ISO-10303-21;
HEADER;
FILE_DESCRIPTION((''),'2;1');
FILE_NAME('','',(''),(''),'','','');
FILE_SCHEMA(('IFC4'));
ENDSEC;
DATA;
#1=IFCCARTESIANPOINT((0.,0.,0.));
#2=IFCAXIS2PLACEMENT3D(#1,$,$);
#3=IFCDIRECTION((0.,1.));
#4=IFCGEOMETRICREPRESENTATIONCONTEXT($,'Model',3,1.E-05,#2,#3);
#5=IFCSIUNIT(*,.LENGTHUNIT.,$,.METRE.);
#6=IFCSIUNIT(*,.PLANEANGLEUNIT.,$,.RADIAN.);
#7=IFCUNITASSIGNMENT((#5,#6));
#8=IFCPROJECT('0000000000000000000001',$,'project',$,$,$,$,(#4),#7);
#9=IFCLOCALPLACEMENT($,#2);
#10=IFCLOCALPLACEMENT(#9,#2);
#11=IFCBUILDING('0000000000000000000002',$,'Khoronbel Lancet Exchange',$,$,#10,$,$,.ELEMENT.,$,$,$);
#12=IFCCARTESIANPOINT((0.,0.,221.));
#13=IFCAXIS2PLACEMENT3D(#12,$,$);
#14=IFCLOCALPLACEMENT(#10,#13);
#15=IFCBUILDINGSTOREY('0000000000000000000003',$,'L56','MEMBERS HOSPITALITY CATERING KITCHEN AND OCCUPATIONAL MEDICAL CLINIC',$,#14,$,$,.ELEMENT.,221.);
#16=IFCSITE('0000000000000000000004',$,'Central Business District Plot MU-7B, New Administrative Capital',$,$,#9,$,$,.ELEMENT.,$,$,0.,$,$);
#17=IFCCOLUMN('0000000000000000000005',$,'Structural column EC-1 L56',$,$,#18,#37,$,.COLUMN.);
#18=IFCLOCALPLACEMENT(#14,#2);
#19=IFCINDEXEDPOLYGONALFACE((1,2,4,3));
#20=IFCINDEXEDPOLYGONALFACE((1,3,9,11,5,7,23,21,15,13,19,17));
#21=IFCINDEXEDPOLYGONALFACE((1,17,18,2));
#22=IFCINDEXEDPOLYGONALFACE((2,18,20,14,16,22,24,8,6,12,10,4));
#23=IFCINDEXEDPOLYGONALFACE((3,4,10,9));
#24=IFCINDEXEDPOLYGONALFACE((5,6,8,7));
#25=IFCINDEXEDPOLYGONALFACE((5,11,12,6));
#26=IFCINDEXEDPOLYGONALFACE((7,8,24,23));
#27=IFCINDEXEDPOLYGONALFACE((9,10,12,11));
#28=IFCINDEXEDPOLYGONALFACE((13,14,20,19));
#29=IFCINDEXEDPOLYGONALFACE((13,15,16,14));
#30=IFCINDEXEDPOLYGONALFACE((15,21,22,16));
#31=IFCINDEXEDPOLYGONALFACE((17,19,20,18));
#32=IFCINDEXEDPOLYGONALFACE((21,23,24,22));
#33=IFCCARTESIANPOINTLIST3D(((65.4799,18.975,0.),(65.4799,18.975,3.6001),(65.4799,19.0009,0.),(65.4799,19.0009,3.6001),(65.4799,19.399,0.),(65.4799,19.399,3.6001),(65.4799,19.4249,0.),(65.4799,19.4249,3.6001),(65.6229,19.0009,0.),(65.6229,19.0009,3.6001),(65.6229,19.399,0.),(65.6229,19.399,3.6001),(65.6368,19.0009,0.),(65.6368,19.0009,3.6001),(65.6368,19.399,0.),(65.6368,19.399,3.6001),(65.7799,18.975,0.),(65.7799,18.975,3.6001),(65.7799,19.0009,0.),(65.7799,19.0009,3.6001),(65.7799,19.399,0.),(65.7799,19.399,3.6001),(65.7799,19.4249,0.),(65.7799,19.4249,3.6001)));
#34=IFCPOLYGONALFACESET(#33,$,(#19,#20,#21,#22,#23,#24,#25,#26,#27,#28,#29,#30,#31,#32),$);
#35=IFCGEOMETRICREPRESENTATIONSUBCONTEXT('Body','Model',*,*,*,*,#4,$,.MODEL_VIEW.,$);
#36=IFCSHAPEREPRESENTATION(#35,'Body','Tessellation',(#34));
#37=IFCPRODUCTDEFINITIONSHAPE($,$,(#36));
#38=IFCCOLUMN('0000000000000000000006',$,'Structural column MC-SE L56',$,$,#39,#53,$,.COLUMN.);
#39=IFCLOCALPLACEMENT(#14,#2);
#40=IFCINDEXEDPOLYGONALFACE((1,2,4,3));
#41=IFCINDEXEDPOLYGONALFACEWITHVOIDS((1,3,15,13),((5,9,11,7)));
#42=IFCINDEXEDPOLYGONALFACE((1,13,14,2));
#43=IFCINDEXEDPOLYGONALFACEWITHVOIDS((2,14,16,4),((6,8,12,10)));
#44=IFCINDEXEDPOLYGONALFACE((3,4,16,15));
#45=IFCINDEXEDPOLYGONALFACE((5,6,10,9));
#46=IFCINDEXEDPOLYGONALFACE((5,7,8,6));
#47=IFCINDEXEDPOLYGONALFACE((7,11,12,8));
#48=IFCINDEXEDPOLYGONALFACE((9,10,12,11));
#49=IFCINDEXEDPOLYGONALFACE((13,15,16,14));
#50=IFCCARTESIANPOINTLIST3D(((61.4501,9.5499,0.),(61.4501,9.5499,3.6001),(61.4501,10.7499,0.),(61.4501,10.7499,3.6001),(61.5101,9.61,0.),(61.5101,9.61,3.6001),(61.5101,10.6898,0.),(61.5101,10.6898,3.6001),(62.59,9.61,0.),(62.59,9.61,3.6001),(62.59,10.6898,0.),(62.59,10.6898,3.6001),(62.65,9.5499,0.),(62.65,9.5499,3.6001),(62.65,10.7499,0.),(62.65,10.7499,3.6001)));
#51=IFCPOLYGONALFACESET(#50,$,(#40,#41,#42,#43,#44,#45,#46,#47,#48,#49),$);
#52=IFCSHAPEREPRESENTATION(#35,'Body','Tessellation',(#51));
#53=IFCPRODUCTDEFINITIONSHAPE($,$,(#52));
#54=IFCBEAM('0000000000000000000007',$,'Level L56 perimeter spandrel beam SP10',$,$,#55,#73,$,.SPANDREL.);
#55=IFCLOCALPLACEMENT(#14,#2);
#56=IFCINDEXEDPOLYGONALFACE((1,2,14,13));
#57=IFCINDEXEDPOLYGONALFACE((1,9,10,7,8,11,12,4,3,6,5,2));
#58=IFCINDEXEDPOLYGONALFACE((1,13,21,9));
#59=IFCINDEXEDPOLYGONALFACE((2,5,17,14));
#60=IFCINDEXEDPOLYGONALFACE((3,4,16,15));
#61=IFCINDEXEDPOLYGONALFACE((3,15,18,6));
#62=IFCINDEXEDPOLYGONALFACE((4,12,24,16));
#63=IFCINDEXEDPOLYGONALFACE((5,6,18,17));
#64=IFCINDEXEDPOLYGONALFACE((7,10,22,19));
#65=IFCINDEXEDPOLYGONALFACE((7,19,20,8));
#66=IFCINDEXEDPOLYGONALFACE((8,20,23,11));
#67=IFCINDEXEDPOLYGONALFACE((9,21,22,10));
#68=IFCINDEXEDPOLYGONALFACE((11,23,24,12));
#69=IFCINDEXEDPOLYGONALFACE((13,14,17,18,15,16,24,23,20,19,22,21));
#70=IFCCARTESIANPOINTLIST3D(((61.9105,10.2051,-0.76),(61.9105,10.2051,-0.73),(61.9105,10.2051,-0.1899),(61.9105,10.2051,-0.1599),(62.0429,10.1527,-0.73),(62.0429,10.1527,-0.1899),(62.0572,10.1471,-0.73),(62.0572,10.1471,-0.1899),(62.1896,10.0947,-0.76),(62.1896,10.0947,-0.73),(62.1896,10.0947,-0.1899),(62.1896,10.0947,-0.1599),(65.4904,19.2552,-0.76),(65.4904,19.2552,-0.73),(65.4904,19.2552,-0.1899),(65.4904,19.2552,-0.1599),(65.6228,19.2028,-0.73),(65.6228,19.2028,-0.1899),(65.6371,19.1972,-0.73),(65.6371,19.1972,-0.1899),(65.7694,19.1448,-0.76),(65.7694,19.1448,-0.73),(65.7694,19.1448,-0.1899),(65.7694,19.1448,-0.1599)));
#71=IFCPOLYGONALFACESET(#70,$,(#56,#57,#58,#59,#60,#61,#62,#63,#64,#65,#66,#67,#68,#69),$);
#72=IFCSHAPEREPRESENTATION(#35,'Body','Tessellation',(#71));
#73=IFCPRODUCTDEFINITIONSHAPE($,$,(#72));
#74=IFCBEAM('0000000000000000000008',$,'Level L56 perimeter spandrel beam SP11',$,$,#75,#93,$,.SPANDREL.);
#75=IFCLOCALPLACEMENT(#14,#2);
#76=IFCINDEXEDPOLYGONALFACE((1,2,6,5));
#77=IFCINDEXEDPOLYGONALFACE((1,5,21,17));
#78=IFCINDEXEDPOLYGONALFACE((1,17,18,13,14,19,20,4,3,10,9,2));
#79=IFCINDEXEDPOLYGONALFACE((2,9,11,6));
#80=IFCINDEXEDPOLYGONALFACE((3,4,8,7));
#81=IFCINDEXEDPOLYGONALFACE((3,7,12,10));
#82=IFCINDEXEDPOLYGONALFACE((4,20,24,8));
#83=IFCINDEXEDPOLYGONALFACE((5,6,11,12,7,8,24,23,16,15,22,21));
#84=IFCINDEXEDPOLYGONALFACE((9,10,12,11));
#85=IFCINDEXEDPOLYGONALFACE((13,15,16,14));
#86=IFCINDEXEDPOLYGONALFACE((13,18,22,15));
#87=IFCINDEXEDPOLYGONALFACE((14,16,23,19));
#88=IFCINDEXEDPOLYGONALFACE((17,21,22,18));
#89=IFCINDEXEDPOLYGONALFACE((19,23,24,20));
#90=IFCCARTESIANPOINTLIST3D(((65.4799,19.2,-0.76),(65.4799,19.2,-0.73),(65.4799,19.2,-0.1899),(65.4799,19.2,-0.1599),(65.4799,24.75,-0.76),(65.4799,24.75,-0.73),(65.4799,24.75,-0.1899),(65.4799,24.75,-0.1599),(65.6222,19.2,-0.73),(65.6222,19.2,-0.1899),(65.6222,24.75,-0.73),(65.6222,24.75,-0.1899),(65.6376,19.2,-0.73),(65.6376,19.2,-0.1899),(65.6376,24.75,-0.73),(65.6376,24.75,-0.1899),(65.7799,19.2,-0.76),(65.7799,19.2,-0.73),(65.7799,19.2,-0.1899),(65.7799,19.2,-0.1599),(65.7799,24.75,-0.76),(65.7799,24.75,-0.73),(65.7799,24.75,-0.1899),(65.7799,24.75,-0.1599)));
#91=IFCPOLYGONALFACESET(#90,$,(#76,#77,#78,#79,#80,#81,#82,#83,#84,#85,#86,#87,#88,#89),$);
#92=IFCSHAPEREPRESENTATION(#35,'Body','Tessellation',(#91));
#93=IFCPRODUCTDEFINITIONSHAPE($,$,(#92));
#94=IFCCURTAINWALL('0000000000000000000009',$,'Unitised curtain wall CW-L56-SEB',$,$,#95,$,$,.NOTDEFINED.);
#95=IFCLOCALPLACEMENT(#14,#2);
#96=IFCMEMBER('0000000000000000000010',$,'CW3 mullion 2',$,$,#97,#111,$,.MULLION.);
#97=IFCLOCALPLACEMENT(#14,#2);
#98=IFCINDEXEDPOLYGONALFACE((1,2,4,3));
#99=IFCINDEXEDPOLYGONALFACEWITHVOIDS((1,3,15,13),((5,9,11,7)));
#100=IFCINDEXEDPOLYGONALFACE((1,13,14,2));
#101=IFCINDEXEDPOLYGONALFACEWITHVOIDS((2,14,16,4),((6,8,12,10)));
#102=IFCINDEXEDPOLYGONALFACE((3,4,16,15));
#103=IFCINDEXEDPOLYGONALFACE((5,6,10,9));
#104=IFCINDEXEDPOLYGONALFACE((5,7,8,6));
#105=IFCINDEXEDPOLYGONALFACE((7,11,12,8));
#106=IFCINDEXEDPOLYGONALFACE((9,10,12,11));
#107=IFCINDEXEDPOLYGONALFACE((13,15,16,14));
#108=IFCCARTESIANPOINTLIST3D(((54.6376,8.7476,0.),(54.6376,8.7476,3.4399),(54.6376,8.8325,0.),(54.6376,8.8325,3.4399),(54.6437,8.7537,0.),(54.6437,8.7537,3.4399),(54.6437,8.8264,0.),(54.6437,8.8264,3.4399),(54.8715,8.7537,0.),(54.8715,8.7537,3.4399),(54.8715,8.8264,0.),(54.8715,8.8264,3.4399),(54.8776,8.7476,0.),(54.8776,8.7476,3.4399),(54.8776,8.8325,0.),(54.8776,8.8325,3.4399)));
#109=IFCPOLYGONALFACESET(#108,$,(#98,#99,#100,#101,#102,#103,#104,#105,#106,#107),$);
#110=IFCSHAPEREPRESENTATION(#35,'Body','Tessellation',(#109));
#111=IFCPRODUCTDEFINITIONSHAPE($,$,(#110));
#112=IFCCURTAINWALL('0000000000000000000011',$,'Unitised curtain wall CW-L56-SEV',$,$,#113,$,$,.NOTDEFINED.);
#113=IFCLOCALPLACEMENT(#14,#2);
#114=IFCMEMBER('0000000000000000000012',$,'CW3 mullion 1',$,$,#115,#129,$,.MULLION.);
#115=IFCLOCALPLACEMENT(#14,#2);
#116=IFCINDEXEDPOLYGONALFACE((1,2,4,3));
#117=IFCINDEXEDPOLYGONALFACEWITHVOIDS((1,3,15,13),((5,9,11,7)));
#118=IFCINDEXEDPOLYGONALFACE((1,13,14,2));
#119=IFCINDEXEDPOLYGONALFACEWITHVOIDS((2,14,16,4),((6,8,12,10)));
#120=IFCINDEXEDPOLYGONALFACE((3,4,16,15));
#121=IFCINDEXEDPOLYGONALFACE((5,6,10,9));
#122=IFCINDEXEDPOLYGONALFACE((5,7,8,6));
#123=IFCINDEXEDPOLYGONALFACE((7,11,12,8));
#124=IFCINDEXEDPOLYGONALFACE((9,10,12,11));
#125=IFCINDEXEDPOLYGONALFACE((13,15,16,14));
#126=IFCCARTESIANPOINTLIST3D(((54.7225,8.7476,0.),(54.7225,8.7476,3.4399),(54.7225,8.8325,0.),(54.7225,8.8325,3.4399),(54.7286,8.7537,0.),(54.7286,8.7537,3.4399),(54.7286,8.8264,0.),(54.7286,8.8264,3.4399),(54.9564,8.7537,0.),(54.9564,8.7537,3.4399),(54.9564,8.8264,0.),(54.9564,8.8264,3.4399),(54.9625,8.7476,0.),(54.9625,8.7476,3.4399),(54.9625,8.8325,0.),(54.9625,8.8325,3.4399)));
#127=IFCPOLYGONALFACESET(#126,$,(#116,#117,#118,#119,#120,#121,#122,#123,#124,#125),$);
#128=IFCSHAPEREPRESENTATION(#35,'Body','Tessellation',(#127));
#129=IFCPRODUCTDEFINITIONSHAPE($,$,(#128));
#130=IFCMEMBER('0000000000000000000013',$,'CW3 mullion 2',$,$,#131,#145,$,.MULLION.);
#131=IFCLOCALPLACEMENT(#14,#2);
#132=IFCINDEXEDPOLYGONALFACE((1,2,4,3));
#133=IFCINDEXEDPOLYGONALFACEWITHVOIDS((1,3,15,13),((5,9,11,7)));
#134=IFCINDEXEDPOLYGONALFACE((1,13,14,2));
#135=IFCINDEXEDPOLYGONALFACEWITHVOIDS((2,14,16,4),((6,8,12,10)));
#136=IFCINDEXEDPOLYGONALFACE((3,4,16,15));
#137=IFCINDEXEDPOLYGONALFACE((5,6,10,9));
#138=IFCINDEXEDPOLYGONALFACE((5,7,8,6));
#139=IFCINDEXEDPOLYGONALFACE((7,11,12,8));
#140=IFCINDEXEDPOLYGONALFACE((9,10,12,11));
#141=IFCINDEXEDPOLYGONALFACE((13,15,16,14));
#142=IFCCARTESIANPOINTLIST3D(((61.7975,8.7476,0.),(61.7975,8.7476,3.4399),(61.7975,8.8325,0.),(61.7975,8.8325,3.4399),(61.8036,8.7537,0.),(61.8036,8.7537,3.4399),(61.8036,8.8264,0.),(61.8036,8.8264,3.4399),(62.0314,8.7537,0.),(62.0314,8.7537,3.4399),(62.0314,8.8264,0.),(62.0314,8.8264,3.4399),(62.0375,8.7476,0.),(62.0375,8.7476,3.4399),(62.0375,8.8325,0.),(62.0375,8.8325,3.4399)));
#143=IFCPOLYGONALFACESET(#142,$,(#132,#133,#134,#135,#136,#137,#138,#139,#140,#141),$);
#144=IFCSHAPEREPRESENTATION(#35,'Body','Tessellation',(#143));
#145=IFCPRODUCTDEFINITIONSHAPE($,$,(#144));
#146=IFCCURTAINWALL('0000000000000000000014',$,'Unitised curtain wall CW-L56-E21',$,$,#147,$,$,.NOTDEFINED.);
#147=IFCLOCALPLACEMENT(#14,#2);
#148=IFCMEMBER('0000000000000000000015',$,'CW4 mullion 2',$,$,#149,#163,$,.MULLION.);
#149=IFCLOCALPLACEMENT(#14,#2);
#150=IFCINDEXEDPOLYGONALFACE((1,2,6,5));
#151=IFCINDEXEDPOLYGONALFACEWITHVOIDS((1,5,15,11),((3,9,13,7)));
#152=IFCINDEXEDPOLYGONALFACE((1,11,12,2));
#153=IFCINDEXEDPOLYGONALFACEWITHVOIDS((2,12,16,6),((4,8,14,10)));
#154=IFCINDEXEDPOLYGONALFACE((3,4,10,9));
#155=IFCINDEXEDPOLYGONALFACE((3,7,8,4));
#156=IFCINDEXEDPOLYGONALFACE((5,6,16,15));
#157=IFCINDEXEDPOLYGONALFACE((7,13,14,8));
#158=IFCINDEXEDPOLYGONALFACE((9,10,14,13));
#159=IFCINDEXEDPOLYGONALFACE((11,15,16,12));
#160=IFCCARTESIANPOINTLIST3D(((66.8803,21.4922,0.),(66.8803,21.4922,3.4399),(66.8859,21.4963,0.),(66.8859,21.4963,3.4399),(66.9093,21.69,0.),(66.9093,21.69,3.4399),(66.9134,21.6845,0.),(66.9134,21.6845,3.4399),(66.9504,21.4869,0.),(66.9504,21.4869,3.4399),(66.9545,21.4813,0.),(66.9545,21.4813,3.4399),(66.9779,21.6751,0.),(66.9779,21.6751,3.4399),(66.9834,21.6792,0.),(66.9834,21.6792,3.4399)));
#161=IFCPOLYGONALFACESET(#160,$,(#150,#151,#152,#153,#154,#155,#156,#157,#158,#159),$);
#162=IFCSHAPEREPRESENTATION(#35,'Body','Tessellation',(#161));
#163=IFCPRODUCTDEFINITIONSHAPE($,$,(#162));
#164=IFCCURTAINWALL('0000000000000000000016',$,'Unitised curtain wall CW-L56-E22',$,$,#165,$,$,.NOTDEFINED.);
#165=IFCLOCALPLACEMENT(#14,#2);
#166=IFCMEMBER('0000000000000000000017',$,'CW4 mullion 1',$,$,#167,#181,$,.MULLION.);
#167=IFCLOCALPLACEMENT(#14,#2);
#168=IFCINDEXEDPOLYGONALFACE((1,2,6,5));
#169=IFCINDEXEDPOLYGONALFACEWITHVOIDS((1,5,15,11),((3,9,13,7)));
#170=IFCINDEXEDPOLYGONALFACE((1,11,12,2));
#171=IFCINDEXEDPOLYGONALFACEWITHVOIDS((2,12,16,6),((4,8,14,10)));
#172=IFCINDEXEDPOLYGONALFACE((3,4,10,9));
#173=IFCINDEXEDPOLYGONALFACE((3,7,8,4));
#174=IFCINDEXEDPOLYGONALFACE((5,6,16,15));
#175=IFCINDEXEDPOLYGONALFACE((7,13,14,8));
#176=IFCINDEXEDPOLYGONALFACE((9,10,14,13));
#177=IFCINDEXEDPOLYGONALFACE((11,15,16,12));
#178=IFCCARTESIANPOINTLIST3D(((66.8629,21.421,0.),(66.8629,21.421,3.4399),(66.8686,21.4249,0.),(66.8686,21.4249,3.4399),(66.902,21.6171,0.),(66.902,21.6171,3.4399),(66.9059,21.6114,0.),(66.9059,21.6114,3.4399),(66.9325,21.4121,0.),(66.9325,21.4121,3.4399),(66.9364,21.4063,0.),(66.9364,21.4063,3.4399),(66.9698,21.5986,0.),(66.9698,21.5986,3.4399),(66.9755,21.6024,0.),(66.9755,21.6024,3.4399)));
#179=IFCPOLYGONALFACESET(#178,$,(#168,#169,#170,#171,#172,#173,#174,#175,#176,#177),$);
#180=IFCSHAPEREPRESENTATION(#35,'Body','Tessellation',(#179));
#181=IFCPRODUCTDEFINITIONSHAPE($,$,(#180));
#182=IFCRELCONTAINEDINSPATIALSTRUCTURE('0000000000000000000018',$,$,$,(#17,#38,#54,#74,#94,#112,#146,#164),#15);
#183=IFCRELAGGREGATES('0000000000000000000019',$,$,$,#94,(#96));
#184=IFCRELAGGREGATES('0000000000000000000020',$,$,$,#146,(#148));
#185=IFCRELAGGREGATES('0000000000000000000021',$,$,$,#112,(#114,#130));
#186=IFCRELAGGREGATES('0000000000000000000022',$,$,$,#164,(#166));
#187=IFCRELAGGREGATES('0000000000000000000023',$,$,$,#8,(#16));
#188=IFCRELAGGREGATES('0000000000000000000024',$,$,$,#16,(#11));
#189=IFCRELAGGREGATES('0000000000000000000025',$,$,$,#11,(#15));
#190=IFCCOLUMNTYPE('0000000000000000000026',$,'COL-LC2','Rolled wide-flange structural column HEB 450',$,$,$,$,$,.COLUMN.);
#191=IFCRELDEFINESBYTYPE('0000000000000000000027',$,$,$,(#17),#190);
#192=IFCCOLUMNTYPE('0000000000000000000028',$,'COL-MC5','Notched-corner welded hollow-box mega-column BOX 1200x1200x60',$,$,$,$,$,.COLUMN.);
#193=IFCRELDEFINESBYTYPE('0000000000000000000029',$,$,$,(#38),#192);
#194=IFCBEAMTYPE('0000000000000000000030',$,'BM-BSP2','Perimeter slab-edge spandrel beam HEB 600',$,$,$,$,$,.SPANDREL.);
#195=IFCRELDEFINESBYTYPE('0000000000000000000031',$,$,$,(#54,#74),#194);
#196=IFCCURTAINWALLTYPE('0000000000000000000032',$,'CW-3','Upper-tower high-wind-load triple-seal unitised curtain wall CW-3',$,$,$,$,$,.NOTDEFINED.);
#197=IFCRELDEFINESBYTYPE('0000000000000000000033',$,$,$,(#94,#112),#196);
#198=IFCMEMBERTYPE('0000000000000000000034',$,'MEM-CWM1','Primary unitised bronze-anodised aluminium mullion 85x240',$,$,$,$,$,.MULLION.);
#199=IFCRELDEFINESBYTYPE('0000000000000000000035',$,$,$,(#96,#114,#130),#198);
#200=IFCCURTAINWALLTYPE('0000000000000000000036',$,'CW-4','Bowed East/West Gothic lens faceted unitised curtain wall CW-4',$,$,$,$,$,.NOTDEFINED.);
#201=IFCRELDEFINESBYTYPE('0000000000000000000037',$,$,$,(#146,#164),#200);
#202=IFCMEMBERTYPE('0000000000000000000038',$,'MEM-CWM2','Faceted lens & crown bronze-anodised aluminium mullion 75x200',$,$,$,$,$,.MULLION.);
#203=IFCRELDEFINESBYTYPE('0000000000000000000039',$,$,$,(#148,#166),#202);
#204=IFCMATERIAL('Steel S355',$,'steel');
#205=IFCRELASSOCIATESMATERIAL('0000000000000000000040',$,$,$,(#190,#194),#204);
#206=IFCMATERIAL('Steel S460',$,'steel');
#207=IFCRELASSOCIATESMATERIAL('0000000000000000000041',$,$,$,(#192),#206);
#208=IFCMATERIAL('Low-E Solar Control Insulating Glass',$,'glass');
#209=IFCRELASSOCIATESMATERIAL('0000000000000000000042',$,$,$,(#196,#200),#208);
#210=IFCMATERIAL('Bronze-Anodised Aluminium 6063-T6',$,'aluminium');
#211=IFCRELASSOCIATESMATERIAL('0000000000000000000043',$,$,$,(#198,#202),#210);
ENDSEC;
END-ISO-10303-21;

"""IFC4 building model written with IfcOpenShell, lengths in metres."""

from ifc_helpers import new_model, si_unit, direction, frame, origin, origin_2d, place, context, subcontext, project, spatial, hollow_rectangle, i_section, extrude, material, material_profile, profile_set, type_object, element, aggregate, save


model = new_model("IFC4")

# Units and contexts
model_context = context("Model", 3, precision=1e-05, world=origin(), true_north=direction((0.0, 1.0)))
body_context = subcontext(model_context, "Body", "Model", "MODEL_VIEW")
ifc_project = project(units=[si_unit("LENGTHUNIT", "METRE"), si_unit("PLANEANGLEUNIT", "RADIAN")], contexts=[model_context])

# Site, building, storey
site_placement = place(None, origin())
site = spatial("IfcSite", under=ifc_project, at=site_placement, Name="Central Business District Plot MU-7B, New Administrative Capital", CompositionType="ELEMENT", RefElevation=0.0)
building_placement = place(site_placement, origin())
building = spatial("IfcBuilding", under=site, at=building_placement, Name="Khoronbel Lancet Exchange", CompositionType="ELEMENT")
storey_placement = place(building_placement, frame((0.0, 0.0, 221.0)))
storey = spatial("IfcBuildingStorey", under=building, at=storey_placement, Name="L56", Description="MEMBERS HOSPITALITY CATERING KITCHEN AND OCCUPATIONAL MEDICAL CLINIC", CompositionType="ELEMENT", Elevation=221.0)

# Columns
ifc_material_1 = material(Name="Steel S355", Category="steel")
ifc_material_profile_1 = material_profile(ifc_material_1, i_section(OverallWidth=0.3, OverallDepth=0.45, WebThickness=0.0139, FlangeThickness=0.0259, at=origin_2d()), Name="HEB 450")
ifc_profile_set_1 = profile_set([ifc_material_profile_1], Name="Steel S355")
column_type_1 = type_object("IfcColumnType", Name="COL-LC2", Description="Rolled wide-flange structural column HEB 450", PredefinedType="COLUMN", material=ifc_profile_set_1)
column_1_placement = place(storey_placement, frame((65.6299, 19.2, 0.0), z_axis=(0.0, 0.0, 1.0), x_axis=(1.0, 0.0, 0.0)))
element("IfcColumn", 1, at=column_1_placement, inside=storey, type_object=column_type_1, Name="Structural column EC-1 L56", PredefinedType="COLUMN", context=body_context, shape_type="SweptSolid", body=[
    extrude(i_section(OverallWidth=0.3, OverallDepth=0.45, WebThickness=0.0139, FlangeThickness=0.0259, at=origin_2d()), origin(), (0.0, 0.0, 1.0), 3.6001),
])
ifc_material_2 = material(Name="Steel S460", Category="steel")
ifc_material_profile_2 = material_profile(ifc_material_2, hollow_rectangle(XDim=1.2, YDim=1.2, WallThickness=0.0601, at=origin_2d()), Name="BOX 1200x1200x60")
ifc_profile_set_2 = profile_set([ifc_material_profile_2], Name="Steel S460")
column_type_2 = type_object("IfcColumnType", Name="COL-MC5", Description="Notched-corner welded hollow-box mega-column BOX 1200x1200x60", PredefinedType="COLUMN", material=ifc_profile_set_2)
column_2_placement = place(storey_placement, frame((62.05, 10.1499, 0.0), z_axis=(0.0, 0.0, 1.0), x_axis=(1.0, 0.0, 0.0)))
element("IfcColumn", 2, at=column_2_placement, inside=storey, type_object=column_type_2, Name="Structural column MC-SE L56", PredefinedType="COLUMN", context=body_context, shape_type="SweptSolid", body=[
    extrude(hollow_rectangle(XDim=1.2, YDim=1.2, WallThickness=0.0601, at=origin_2d()), origin(), (0.0, 0.0, 1.0), 3.6001),
])

# Beams
ifc_material_profile_3 = material_profile(ifc_material_1, i_section(OverallWidth=0.3, OverallDepth=0.6001, WebThickness=0.0154, FlangeThickness=0.03, at=origin_2d()), Name="HEB 600")
ifc_profile_set_3 = profile_set([ifc_material_profile_3], Name="Steel S355")
beam_type = type_object("IfcBeamType", Name="BM-BSP2", Description="Perimeter slab-edge spandrel beam HEB 600", PredefinedType="SPANDREL", material=ifc_profile_set_3)
beam_1_placement = place(storey_placement, frame((62.05, 10.1499, -0.46), z_axis=(0.367828, 0.929894, 0.0), x_axis=(-0.929894, 0.367828, 0.0)))
element("IfcBeam", 3, at=beam_1_placement, inside=storey, type_object=beam_type, Name="Level L56 perimeter spandrel beam SP10", PredefinedType="SPANDREL", context=body_context, shape_type="SweptSolid", body=[
    extrude(i_section(OverallWidth=0.3, OverallDepth=0.6001, WebThickness=0.0154, FlangeThickness=0.03, at=origin_2d()), origin(), (0.0, 0.0, 1.0), 9.7324),
])
beam_2_placement = place(storey_placement, frame((65.6299, 19.2, -0.46), z_axis=(0.0, 1.0, 0.0), x_axis=(-1.0, 0.0, 0.0)))
element("IfcBeam", 4, at=beam_2_placement, inside=storey, type_object=beam_type, Name="Level L56 perimeter spandrel beam SP11", PredefinedType="SPANDREL", context=body_context, shape_type="SweptSolid", body=[
    extrude(i_section(OverallWidth=0.3, OverallDepth=0.6001, WebThickness=0.0154, FlangeThickness=0.03, at=origin_2d()), origin(), (0.0, 0.0, 1.0), 5.55),
])

# Curtain wall, member
ifc_material_3 = material(Name="Low-E Solar Control Insulating Glass", Category="glass")
curtain_wall_type_1 = type_object("IfcCurtainWallType", Name="CW-3", Description="Upper-tower high-wind-load triple-seal unitised curtain wall CW-3", PredefinedType="NOTDEFINED", material=ifc_material_3)
curtain_wall_1_placement = place(storey_placement, origin())
curtain_wall_1 = element("IfcCurtainWall", 5, at=curtain_wall_1_placement, inside=storey, type_object=curtain_wall_type_1, Name="Unitised curtain wall CW-L56-SEB", PredefinedType="NOTDEFINED")
ifc_material_4 = material(Name="Bronze-Anodised Aluminium 6063-T6", Category="aluminium")
ifc_material_profile_4 = material_profile(ifc_material_4, hollow_rectangle(XDim=0.085, YDim=0.24, WallThickness=0.0061, at=origin_2d()), Name="ALU MULLION 85x240")
ifc_profile_set_4 = profile_set([ifc_material_profile_4], Name="Bronze-Anodised Aluminium 6063-T6")
member_type_1 = type_object("IfcMemberType", Name="MEM-CWM1", Description="Primary unitised bronze-anodised aluminium mullion 85x240", PredefinedType="MULLION", material=ifc_profile_set_4)
member_1_placement = place(storey_placement, frame((54.7576, 8.79, 0.0), z_axis=(0.0, 0.0, 1.0), x_axis=(0.0, 1.0, 0.0)))
member_1 = element("IfcMember", 6, at=member_1_placement, type_object=member_type_1, Name="CW3 mullion 2", PredefinedType="MULLION", context=body_context, shape_type="SweptSolid", body=[
    extrude(hollow_rectangle(XDim=0.085, YDim=0.24, WallThickness=0.0061, at=origin_2d()), origin(), (0.0, 0.0, 1.0), 3.4399),
])
aggregate(curtain_wall_1, [member_1])

# Curtain wall, members
curtain_wall_2_placement = place(storey_placement, origin())
curtain_wall_2 = element("IfcCurtainWall", 7, at=curtain_wall_2_placement, inside=storey, type_object=curtain_wall_type_1, Name="Unitised curtain wall CW-L56-SEV", PredefinedType="NOTDEFINED")
member_2_placement = place(storey_placement, frame((54.8425, 8.79, 0.0), z_axis=(0.0, 0.0, 1.0), x_axis=(0.0, 1.0, 0.0)))
member_2 = element("IfcMember", 8, at=member_2_placement, type_object=member_type_1, Name="CW3 mullion 1", PredefinedType="MULLION", context=body_context, shape_type="SweptSolid", body=[
    extrude(hollow_rectangle(XDim=0.085, YDim=0.24, WallThickness=0.0061, at=origin_2d()), origin(), (0.0, 0.0, 1.0), 3.4399),
])
member_3_placement = place(storey_placement, frame((61.9175, 8.79, 0.0), z_axis=(0.0, 0.0, 1.0), x_axis=(0.0, 1.0, 0.0)))
member_3 = element("IfcMember", 9, at=member_3_placement, type_object=member_type_1, Name="CW3 mullion 2", PredefinedType="MULLION", context=body_context, shape_type="SweptSolid", body=[
    extrude(hollow_rectangle(XDim=0.085, YDim=0.24, WallThickness=0.0061, at=origin_2d()), origin(), (0.0, 0.0, 1.0), 3.4399),
])

# Curtain wall, member
curtain_wall_type_2 = type_object("IfcCurtainWallType", Name="CW-4", Description="Bowed East/West Gothic lens faceted unitised curtain wall CW-4", PredefinedType="NOTDEFINED", material=ifc_material_3)
curtain_wall_3_placement = place(storey_placement, origin())
curtain_wall_3 = element("IfcCurtainWall", 10, at=curtain_wall_3_placement, inside=storey, type_object=curtain_wall_type_2, Name="Unitised curtain wall CW-L56-E21", PredefinedType="NOTDEFINED")
ifc_material_profile_5 = material_profile(ifc_material_4, hollow_rectangle(XDim=0.075, YDim=0.2, WallThickness=0.0049, at=origin_2d()), Name="ALU MULLION 75x200")
ifc_profile_set_5 = profile_set([ifc_material_profile_5], Name="Bronze-Anodised Aluminium 6063-T6")
member_type_2 = type_object("IfcMemberType", Name="MEM-CWM2", Description="Faceted lens & crown bronze-anodised aluminium mullion 75x200", PredefinedType="MULLION", material=ifc_profile_set_5)
member_4_placement = place(storey_placement, frame((66.9319, 21.5857, 0.0), z_axis=(0.0, 0.0, 1.0), x_axis=(0.989484, -0.144641, 0.0)))
member_4 = element("IfcMember", 11, at=member_4_placement, type_object=member_type_2, Name="CW4 mullion 2", PredefinedType="MULLION", context=body_context, shape_type="SweptSolid", body=[
    extrude(hollow_rectangle(XDim=0.075, YDim=0.2, WallThickness=0.0049, at=origin_2d()), origin(), (0.0, 0.0, 1.0), 3.4399),
])

# Curtain wall, member
curtain_wall_4_placement = place(storey_placement, origin())
curtain_wall_4 = element("IfcCurtainWall", 12, at=curtain_wall_4_placement, inside=storey, type_object=curtain_wall_type_2, Name="Unitised curtain wall CW-L56-E22", PredefinedType="NOTDEFINED")
member_5_placement = place(storey_placement, frame((66.9192, 21.5117, 0.0), z_axis=(0.0, 0.0, 1.0), x_axis=(0.980637, -0.195836, 0.0)))
member_5 = element("IfcMember", 13, at=member_5_placement, type_object=member_type_2, Name="CW4 mullion 1", PredefinedType="MULLION", context=body_context, shape_type="SweptSolid", body=[
    extrude(hollow_rectangle(XDim=0.075, YDim=0.2, WallThickness=0.0049, at=origin_2d()), origin(), (0.0, 0.0, 1.0), 3.4399),
])

aggregate(curtain_wall_3, [member_4])
aggregate(curtain_wall_2, [member_2, member_3])
aggregate(curtain_wall_4, [member_5])

save(model, "model.ifc")
